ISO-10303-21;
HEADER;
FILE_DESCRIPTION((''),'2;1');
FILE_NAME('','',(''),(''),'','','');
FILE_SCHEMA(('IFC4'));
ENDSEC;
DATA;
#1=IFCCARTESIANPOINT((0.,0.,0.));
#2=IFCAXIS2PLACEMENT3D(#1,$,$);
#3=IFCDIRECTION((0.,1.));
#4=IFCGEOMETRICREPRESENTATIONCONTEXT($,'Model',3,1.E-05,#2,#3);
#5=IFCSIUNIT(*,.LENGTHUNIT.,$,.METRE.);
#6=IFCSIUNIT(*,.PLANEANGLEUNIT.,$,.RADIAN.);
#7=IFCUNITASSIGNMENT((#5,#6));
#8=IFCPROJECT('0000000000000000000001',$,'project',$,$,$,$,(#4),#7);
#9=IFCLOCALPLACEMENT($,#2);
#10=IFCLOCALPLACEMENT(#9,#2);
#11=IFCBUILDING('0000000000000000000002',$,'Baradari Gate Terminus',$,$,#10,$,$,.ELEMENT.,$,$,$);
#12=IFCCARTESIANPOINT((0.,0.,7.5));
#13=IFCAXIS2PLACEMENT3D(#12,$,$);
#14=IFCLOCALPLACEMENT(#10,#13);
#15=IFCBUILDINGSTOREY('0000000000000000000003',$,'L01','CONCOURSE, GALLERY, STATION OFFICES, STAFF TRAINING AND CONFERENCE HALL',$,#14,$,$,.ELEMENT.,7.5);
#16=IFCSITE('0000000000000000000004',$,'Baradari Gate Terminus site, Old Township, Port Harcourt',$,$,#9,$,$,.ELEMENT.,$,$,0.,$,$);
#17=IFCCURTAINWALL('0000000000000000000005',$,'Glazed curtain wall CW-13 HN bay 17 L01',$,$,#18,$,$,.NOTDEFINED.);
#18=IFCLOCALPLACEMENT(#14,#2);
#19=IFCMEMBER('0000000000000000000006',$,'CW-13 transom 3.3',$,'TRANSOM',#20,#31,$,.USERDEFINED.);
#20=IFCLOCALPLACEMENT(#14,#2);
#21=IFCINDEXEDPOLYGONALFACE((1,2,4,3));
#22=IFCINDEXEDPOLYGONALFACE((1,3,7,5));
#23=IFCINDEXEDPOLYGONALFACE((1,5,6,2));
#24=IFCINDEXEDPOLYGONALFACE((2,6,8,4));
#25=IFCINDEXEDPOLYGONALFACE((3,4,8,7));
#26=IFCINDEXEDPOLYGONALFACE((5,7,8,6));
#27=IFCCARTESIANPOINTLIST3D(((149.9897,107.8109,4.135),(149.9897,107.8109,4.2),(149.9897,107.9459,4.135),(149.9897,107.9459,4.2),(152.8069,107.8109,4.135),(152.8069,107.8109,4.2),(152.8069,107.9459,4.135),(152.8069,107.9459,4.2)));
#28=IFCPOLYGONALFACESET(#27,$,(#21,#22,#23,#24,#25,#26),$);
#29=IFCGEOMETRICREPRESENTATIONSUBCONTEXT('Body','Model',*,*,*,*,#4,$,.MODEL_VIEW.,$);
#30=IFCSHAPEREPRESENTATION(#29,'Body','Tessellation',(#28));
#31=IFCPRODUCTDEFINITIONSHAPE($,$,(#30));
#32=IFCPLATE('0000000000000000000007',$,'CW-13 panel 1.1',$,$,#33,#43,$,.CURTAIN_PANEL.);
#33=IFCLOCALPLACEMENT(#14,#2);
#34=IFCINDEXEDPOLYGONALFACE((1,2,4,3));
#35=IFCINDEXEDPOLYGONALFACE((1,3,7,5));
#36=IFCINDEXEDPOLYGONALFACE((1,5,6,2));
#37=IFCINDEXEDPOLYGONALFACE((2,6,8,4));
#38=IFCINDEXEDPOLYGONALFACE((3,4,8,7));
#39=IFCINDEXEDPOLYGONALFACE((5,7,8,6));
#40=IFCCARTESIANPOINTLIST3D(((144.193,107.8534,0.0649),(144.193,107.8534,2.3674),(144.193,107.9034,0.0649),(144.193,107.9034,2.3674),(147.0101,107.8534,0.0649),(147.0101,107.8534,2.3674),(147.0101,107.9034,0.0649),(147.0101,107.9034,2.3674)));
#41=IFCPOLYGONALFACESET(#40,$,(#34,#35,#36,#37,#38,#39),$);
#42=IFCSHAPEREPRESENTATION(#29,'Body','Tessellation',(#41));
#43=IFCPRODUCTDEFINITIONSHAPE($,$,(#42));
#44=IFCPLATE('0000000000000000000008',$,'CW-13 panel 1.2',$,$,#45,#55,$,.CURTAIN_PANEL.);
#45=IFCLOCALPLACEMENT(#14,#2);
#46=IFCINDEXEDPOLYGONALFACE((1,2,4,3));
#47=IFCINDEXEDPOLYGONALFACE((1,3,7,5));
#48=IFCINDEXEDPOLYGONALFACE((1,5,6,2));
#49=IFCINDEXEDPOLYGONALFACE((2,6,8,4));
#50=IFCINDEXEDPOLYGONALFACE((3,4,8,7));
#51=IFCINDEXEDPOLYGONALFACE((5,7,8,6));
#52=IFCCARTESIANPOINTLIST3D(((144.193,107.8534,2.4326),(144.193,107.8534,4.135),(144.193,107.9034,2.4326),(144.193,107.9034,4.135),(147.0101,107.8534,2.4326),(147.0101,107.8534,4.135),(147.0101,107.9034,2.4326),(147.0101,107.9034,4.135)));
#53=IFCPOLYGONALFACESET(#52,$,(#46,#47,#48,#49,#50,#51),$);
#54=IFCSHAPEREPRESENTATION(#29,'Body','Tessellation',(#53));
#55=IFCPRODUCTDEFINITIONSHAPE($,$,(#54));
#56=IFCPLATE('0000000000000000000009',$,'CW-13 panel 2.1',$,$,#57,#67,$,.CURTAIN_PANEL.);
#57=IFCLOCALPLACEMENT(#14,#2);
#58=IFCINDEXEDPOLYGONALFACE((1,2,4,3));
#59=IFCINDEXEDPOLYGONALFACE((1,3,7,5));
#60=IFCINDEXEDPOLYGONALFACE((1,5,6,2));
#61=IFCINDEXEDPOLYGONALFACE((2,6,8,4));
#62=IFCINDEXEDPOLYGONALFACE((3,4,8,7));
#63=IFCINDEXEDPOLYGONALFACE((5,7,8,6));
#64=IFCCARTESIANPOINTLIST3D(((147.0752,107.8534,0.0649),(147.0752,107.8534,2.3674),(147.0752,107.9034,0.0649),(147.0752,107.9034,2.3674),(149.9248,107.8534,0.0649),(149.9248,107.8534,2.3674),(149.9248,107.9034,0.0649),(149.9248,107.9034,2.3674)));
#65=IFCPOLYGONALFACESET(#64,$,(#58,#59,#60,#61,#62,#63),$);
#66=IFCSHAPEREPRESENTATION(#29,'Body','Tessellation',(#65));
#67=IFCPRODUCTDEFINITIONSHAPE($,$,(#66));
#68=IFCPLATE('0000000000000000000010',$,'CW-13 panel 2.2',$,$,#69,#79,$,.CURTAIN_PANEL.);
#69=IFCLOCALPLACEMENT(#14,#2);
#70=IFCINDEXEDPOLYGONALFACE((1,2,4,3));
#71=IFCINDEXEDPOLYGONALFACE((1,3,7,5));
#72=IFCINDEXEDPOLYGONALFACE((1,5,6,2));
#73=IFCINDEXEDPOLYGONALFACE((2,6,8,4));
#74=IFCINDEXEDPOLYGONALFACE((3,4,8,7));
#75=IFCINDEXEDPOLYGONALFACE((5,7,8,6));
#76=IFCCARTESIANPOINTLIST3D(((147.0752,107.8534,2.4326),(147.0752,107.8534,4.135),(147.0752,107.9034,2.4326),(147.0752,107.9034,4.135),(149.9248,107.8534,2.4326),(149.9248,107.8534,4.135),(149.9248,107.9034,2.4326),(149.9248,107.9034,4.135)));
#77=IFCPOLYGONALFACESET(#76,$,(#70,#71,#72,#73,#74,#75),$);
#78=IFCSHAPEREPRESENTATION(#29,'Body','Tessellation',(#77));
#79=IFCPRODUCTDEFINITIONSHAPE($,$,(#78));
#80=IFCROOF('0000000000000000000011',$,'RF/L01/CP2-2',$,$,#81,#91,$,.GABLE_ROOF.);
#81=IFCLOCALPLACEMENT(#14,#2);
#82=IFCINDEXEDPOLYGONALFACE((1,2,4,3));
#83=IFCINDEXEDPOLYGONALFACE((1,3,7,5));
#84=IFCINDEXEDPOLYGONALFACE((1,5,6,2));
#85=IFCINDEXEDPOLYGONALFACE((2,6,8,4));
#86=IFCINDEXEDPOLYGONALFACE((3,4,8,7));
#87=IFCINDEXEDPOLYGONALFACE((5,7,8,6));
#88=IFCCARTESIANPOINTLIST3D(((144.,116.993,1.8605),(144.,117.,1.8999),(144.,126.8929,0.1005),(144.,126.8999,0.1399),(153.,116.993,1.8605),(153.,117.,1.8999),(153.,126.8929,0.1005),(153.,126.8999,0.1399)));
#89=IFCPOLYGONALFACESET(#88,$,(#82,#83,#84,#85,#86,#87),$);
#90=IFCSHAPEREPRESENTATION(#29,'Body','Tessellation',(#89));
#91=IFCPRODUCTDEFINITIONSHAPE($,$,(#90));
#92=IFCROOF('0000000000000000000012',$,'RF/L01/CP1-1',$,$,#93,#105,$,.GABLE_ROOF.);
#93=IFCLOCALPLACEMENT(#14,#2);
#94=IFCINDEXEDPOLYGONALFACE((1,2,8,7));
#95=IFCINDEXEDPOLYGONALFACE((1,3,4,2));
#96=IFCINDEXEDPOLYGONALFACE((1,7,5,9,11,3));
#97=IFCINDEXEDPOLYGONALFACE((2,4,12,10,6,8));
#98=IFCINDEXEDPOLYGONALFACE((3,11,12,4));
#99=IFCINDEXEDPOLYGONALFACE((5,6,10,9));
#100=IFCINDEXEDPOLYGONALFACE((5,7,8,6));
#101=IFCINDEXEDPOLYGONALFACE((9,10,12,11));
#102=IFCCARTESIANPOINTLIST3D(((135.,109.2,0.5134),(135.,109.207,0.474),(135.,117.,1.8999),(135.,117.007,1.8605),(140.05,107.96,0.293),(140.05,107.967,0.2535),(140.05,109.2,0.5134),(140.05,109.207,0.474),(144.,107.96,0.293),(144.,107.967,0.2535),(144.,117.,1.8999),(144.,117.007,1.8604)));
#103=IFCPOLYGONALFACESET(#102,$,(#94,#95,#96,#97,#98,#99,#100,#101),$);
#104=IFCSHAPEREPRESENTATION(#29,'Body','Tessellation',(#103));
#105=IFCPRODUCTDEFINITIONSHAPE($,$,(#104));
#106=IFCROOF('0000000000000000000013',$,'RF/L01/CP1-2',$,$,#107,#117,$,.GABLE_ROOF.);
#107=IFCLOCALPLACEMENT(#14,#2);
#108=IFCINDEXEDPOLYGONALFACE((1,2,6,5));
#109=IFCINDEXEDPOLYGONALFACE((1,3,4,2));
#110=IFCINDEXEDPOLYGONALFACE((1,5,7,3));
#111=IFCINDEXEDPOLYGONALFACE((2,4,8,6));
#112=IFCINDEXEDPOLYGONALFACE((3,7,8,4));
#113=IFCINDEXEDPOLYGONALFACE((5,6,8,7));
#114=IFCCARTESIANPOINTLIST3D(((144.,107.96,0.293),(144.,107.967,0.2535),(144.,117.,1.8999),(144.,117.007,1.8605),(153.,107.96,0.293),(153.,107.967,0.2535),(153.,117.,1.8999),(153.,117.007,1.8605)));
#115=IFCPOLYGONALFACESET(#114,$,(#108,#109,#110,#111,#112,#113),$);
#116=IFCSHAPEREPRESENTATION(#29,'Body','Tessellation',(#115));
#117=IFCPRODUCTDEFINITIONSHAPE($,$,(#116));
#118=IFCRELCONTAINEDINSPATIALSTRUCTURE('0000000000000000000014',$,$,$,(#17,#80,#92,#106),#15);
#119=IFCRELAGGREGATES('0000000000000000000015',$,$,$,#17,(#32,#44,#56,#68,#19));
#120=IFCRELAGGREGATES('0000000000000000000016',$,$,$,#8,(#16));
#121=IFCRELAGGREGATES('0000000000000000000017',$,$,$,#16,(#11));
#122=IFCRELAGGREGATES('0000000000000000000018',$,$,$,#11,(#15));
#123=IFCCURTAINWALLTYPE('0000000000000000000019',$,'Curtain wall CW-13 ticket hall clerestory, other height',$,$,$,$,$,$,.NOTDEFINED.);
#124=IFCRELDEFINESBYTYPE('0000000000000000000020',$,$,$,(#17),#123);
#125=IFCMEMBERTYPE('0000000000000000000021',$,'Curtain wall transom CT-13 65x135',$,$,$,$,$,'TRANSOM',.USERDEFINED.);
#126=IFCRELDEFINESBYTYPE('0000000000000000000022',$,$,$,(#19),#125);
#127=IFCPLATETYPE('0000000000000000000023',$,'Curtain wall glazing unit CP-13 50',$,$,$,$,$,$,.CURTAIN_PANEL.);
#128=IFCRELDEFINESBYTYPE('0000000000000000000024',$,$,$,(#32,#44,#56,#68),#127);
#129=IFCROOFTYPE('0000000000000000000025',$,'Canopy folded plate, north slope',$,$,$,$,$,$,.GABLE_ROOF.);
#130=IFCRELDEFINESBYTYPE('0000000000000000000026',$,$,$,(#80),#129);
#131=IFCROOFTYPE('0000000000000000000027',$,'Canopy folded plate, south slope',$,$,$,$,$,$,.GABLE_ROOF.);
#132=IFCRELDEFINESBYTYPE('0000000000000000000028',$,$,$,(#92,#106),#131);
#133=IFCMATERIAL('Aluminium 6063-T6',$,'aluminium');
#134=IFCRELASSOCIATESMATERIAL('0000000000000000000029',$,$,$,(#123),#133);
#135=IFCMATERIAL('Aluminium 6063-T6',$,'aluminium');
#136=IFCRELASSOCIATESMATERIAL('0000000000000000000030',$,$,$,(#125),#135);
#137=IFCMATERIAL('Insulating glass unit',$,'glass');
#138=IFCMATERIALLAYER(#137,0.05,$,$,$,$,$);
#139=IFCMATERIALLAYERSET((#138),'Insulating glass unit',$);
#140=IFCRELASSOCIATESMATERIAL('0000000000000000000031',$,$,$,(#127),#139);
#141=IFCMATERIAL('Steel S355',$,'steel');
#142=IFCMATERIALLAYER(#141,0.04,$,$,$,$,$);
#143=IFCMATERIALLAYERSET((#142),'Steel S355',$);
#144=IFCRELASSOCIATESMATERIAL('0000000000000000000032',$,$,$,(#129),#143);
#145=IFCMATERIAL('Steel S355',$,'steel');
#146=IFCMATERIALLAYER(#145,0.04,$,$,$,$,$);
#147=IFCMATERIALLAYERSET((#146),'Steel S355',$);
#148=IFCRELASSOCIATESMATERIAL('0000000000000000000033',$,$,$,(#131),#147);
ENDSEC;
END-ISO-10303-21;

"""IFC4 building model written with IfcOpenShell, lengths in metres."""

from ifc_helpers import new_model, si_unit, direction, frame, origin, origin_2d, place, context, subcontext, project, spatial, polyline, rectangle, outline, extrude, material, layer, layer_set, material_profile, profile_set, type_object, element, aggregate, save


model = new_model("IFC4")

# Units and contexts
model_context = context("Model", 3, precision=1e-05, world=origin(), true_north=direction((0.0, 1.0)))
body_context = subcontext(model_context, "Body", "Model", "MODEL_VIEW")
ifc_project = project(units=[si_unit("LENGTHUNIT", "METRE"), si_unit("PLANEANGLEUNIT", "RADIAN")], contexts=[model_context])

# Site, building, storey
site_placement = place(None, origin())
site = spatial("IfcSite", under=ifc_project, at=site_placement, Name="Baradari Gate Terminus site, Old Township, Port Harcourt", CompositionType="ELEMENT", RefElevation=0.0)
building_placement = place(site_placement, origin())
building = spatial("IfcBuilding", under=site, at=building_placement, Name="Baradari Gate Terminus", CompositionType="ELEMENT")
storey_placement = place(building_placement, frame((0.0, 0.0, 7.5)))
storey = spatial("IfcBuildingStorey", under=building, at=storey_placement, Name="L01", Description="CONCOURSE, GALLERY, STATION OFFICES, STAFF TRAINING AND CONFERENCE HALL", CompositionType="ELEMENT", Elevation=7.5)

# Curtain wall, member, plates
ifc_material_1 = material(Name="Aluminium 6063-T6", Category="aluminium")
curtain_wall_type = type_object("IfcCurtainWallType", Name="Curtain wall CW-13 ticket hall clerestory, other height", PredefinedType="NOTDEFINED", material=ifc_material_1)
curtain_wall_placement = place(storey_placement, origin())
curtain_wall = element("IfcCurtainWall", 1, at=curtain_wall_placement, inside=storey, type_object=curtain_wall_type, Name="Glazed curtain wall CW-13 HN bay 17 L01", PredefinedType="NOTDEFINED")
ifc_material_2 = material(Name="Aluminium 6063-T6", Category="aluminium")
ifc_material_profile_1 = material_profile(ifc_material_2, rectangle(XDim=0.135, YDim=0.0649, at=origin_2d()), Name="CT-13 65X135")
ifc_profile_set_1 = profile_set([ifc_material_profile_1], Name="Aluminium 6063-T6")
member_type_1 = type_object("IfcMemberType", Name="Curtain wall transom CT-13 65x135", ElementType="TRANSOM", PredefinedType="USERDEFINED", material=ifc_profile_set_1)
member_1_placement = place(storey_placement, frame((149.9897, 107.8784, 4.1675), z_axis=(1.0, 0.0, 0.0), x_axis=(0.0, 1.0, 0.0)))
member_1 = element("IfcMember", 2, at=member_1_placement, type_object=member_type_1, Name="CW-13 transom 3.3", ObjectType="TRANSOM", PredefinedType="USERDEFINED", context=body_context, shape_type="SweptSolid", body=[
    extrude(rectangle(XDim=0.135, YDim=0.0649, at=origin_2d()), origin(), (0.0, 0.0, 1.0), 2.8171),
])
ifc_material_3 = material(Name="Insulating glass unit", Category="glass")
ifc_layer_1 = layer(ifc_material_3, 0.05)
ifc_layer_set_1 = layer_set([ifc_layer_1], Name="Insulating glass unit")
plate_type = type_object("IfcPlateType", Name="Curtain wall glazing unit CP-13 50", PredefinedType="CURTAIN_PANEL", material=ifc_layer_set_1)
plate_1_placement = place(storey_placement, frame((145.6016, 107.8784, 0.0649), z_axis=(0.0, 0.0, 1.0), x_axis=(1.0, 0.0, 0.0)))
plate_1 = element("IfcPlate", 3, at=plate_1_placement, type_object=plate_type, Name="CW-13 panel 1.1", PredefinedType="CURTAIN_PANEL", context=body_context, shape_type="SweptSolid", body=[
    extrude(rectangle(XDim=2.8171, YDim=0.05, at=origin_2d()), origin(), (0.0, 0.0, 1.0), 2.3025),
])
plate_2_placement = place(storey_placement, frame((145.6016, 107.8784, 2.4326), z_axis=(0.0, 0.0, 1.0), x_axis=(1.0, 0.0, 0.0)))
plate_2 = element("IfcPlate", 4, at=plate_2_placement, type_object=plate_type, Name="CW-13 panel 1.2", PredefinedType="CURTAIN_PANEL", context=body_context, shape_type="SweptSolid", body=[
    extrude(rectangle(XDim=2.8171, YDim=0.05, at=origin_2d()), origin(), (0.0, 0.0, 1.0), 1.7024),
])
plate_3_placement = place(storey_placement, frame((148.5, 107.8784, 0.0649), z_axis=(0.0, 0.0, 1.0), x_axis=(1.0, 0.0, 0.0)))
plate_3 = element("IfcPlate", 5, at=plate_3_placement, type_object=plate_type, Name="CW-13 panel 2.1", PredefinedType="CURTAIN_PANEL", context=body_context, shape_type="SweptSolid", body=[
    extrude(rectangle(XDim=2.8496, YDim=0.05, at=origin_2d()), origin(), (0.0, 0.0, 1.0), 2.3025),
])
plate_4_placement = place(storey_placement, frame((148.5, 107.8784, 2.4326), z_axis=(0.0, 0.0, 1.0), x_axis=(1.0, 0.0, 0.0)))
plate_4 = element("IfcPlate", 6, at=plate_4_placement, type_object=plate_type, Name="CW-13 panel 2.2", PredefinedType="CURTAIN_PANEL", context=body_context, shape_type="SweptSolid", body=[
    extrude(rectangle(XDim=2.8496, YDim=0.05, at=origin_2d()), origin(), (0.0, 0.0, 1.0), 1.7024),
])
aggregate(curtain_wall, [plate_1, plate_2, plate_3, plate_4, member_1])

# Roofs
ifc_material_4 = material(Name="Steel S355", Category="steel")
ifc_layer_2 = layer(ifc_material_4, 0.04)
ifc_layer_set_2 = layer_set([ifc_layer_2], Name="Steel S355")
roof_type_1 = type_object("IfcRoofType", Name="Canopy folded plate, north slope", PredefinedType="GABLE_ROOF", material=ifc_layer_set_2)
roof_1_placement = place(storey_placement, frame((144.0, 117.0, 1.8999), z_axis=(0.0, 0.175036, 0.984562), x_axis=(1.0, 0.0, 0.0)))
element("IfcRoof", 7, at=roof_1_placement, inside=storey, type_object=roof_type_1, Name="RF/L01/CP2-2", PredefinedType="GABLE_ROOF", context=body_context, shape_type="SweptSolid", body=[
    extrude(outline(polyline([(0.0, 0.0), (9.0, 0.0), (9.0, 10.0551), (0.0, 10.0551), (0.0, 0.0)])), origin(), (0.0, 0.0, -1.0), 0.04),
])
ifc_material_5 = material(Name="Steel S355", Category="steel")
ifc_layer_3 = layer(ifc_material_5, 0.04)
ifc_layer_set_3 = layer_set([ifc_layer_3], Name="Steel S355")
roof_type_2 = type_object("IfcRoofType", Name="Canopy folded plate, south slope", PredefinedType="GABLE_ROOF", material=ifc_layer_set_3)
roof_2_placement = place(storey_placement, frame((140.05, 107.96, 0.293), z_axis=(0.000002, -0.175011, 0.984566), x_axis=(1.0, 0.0, -0.000002)))
element("IfcRoof", 8, at=roof_2_placement, inside=storey, type_object=roof_type_2, Name="RF/L01/CP1-1", PredefinedType="GABLE_ROOF", context=body_context, shape_type="SweptSolid", body=[
    extrude(outline(polyline([(0.0, 0.0), (3.95, 0.0), (3.95, 9.1818), (-5.05, 9.1818), (-5.05, 1.2594), (0.0, 1.2594), (0.0, 0.0)])), origin(), (0.0, 0.0, -1.0), 0.04),
])
roof_3_placement = place(storey_placement, frame((144.0, 107.96, 0.293), z_axis=(0.0, -0.175014, 0.984566), x_axis=(1.0, 0.0, 0.0)))
element("IfcRoof", 9, at=roof_3_placement, inside=storey, type_object=roof_type_2, Name="RF/L01/CP1-2", PredefinedType="GABLE_ROOF", context=body_context, shape_type="SweptSolid", body=[
    extrude(outline(polyline([(0.0, 0.0), (9.0, 0.0), (9.0, 9.1818), (0.0, 9.1818), (0.0, 0.0)])), origin(), (0.0, 0.0, -1.0), 0.04),
])

save(model, "model.ifc")
